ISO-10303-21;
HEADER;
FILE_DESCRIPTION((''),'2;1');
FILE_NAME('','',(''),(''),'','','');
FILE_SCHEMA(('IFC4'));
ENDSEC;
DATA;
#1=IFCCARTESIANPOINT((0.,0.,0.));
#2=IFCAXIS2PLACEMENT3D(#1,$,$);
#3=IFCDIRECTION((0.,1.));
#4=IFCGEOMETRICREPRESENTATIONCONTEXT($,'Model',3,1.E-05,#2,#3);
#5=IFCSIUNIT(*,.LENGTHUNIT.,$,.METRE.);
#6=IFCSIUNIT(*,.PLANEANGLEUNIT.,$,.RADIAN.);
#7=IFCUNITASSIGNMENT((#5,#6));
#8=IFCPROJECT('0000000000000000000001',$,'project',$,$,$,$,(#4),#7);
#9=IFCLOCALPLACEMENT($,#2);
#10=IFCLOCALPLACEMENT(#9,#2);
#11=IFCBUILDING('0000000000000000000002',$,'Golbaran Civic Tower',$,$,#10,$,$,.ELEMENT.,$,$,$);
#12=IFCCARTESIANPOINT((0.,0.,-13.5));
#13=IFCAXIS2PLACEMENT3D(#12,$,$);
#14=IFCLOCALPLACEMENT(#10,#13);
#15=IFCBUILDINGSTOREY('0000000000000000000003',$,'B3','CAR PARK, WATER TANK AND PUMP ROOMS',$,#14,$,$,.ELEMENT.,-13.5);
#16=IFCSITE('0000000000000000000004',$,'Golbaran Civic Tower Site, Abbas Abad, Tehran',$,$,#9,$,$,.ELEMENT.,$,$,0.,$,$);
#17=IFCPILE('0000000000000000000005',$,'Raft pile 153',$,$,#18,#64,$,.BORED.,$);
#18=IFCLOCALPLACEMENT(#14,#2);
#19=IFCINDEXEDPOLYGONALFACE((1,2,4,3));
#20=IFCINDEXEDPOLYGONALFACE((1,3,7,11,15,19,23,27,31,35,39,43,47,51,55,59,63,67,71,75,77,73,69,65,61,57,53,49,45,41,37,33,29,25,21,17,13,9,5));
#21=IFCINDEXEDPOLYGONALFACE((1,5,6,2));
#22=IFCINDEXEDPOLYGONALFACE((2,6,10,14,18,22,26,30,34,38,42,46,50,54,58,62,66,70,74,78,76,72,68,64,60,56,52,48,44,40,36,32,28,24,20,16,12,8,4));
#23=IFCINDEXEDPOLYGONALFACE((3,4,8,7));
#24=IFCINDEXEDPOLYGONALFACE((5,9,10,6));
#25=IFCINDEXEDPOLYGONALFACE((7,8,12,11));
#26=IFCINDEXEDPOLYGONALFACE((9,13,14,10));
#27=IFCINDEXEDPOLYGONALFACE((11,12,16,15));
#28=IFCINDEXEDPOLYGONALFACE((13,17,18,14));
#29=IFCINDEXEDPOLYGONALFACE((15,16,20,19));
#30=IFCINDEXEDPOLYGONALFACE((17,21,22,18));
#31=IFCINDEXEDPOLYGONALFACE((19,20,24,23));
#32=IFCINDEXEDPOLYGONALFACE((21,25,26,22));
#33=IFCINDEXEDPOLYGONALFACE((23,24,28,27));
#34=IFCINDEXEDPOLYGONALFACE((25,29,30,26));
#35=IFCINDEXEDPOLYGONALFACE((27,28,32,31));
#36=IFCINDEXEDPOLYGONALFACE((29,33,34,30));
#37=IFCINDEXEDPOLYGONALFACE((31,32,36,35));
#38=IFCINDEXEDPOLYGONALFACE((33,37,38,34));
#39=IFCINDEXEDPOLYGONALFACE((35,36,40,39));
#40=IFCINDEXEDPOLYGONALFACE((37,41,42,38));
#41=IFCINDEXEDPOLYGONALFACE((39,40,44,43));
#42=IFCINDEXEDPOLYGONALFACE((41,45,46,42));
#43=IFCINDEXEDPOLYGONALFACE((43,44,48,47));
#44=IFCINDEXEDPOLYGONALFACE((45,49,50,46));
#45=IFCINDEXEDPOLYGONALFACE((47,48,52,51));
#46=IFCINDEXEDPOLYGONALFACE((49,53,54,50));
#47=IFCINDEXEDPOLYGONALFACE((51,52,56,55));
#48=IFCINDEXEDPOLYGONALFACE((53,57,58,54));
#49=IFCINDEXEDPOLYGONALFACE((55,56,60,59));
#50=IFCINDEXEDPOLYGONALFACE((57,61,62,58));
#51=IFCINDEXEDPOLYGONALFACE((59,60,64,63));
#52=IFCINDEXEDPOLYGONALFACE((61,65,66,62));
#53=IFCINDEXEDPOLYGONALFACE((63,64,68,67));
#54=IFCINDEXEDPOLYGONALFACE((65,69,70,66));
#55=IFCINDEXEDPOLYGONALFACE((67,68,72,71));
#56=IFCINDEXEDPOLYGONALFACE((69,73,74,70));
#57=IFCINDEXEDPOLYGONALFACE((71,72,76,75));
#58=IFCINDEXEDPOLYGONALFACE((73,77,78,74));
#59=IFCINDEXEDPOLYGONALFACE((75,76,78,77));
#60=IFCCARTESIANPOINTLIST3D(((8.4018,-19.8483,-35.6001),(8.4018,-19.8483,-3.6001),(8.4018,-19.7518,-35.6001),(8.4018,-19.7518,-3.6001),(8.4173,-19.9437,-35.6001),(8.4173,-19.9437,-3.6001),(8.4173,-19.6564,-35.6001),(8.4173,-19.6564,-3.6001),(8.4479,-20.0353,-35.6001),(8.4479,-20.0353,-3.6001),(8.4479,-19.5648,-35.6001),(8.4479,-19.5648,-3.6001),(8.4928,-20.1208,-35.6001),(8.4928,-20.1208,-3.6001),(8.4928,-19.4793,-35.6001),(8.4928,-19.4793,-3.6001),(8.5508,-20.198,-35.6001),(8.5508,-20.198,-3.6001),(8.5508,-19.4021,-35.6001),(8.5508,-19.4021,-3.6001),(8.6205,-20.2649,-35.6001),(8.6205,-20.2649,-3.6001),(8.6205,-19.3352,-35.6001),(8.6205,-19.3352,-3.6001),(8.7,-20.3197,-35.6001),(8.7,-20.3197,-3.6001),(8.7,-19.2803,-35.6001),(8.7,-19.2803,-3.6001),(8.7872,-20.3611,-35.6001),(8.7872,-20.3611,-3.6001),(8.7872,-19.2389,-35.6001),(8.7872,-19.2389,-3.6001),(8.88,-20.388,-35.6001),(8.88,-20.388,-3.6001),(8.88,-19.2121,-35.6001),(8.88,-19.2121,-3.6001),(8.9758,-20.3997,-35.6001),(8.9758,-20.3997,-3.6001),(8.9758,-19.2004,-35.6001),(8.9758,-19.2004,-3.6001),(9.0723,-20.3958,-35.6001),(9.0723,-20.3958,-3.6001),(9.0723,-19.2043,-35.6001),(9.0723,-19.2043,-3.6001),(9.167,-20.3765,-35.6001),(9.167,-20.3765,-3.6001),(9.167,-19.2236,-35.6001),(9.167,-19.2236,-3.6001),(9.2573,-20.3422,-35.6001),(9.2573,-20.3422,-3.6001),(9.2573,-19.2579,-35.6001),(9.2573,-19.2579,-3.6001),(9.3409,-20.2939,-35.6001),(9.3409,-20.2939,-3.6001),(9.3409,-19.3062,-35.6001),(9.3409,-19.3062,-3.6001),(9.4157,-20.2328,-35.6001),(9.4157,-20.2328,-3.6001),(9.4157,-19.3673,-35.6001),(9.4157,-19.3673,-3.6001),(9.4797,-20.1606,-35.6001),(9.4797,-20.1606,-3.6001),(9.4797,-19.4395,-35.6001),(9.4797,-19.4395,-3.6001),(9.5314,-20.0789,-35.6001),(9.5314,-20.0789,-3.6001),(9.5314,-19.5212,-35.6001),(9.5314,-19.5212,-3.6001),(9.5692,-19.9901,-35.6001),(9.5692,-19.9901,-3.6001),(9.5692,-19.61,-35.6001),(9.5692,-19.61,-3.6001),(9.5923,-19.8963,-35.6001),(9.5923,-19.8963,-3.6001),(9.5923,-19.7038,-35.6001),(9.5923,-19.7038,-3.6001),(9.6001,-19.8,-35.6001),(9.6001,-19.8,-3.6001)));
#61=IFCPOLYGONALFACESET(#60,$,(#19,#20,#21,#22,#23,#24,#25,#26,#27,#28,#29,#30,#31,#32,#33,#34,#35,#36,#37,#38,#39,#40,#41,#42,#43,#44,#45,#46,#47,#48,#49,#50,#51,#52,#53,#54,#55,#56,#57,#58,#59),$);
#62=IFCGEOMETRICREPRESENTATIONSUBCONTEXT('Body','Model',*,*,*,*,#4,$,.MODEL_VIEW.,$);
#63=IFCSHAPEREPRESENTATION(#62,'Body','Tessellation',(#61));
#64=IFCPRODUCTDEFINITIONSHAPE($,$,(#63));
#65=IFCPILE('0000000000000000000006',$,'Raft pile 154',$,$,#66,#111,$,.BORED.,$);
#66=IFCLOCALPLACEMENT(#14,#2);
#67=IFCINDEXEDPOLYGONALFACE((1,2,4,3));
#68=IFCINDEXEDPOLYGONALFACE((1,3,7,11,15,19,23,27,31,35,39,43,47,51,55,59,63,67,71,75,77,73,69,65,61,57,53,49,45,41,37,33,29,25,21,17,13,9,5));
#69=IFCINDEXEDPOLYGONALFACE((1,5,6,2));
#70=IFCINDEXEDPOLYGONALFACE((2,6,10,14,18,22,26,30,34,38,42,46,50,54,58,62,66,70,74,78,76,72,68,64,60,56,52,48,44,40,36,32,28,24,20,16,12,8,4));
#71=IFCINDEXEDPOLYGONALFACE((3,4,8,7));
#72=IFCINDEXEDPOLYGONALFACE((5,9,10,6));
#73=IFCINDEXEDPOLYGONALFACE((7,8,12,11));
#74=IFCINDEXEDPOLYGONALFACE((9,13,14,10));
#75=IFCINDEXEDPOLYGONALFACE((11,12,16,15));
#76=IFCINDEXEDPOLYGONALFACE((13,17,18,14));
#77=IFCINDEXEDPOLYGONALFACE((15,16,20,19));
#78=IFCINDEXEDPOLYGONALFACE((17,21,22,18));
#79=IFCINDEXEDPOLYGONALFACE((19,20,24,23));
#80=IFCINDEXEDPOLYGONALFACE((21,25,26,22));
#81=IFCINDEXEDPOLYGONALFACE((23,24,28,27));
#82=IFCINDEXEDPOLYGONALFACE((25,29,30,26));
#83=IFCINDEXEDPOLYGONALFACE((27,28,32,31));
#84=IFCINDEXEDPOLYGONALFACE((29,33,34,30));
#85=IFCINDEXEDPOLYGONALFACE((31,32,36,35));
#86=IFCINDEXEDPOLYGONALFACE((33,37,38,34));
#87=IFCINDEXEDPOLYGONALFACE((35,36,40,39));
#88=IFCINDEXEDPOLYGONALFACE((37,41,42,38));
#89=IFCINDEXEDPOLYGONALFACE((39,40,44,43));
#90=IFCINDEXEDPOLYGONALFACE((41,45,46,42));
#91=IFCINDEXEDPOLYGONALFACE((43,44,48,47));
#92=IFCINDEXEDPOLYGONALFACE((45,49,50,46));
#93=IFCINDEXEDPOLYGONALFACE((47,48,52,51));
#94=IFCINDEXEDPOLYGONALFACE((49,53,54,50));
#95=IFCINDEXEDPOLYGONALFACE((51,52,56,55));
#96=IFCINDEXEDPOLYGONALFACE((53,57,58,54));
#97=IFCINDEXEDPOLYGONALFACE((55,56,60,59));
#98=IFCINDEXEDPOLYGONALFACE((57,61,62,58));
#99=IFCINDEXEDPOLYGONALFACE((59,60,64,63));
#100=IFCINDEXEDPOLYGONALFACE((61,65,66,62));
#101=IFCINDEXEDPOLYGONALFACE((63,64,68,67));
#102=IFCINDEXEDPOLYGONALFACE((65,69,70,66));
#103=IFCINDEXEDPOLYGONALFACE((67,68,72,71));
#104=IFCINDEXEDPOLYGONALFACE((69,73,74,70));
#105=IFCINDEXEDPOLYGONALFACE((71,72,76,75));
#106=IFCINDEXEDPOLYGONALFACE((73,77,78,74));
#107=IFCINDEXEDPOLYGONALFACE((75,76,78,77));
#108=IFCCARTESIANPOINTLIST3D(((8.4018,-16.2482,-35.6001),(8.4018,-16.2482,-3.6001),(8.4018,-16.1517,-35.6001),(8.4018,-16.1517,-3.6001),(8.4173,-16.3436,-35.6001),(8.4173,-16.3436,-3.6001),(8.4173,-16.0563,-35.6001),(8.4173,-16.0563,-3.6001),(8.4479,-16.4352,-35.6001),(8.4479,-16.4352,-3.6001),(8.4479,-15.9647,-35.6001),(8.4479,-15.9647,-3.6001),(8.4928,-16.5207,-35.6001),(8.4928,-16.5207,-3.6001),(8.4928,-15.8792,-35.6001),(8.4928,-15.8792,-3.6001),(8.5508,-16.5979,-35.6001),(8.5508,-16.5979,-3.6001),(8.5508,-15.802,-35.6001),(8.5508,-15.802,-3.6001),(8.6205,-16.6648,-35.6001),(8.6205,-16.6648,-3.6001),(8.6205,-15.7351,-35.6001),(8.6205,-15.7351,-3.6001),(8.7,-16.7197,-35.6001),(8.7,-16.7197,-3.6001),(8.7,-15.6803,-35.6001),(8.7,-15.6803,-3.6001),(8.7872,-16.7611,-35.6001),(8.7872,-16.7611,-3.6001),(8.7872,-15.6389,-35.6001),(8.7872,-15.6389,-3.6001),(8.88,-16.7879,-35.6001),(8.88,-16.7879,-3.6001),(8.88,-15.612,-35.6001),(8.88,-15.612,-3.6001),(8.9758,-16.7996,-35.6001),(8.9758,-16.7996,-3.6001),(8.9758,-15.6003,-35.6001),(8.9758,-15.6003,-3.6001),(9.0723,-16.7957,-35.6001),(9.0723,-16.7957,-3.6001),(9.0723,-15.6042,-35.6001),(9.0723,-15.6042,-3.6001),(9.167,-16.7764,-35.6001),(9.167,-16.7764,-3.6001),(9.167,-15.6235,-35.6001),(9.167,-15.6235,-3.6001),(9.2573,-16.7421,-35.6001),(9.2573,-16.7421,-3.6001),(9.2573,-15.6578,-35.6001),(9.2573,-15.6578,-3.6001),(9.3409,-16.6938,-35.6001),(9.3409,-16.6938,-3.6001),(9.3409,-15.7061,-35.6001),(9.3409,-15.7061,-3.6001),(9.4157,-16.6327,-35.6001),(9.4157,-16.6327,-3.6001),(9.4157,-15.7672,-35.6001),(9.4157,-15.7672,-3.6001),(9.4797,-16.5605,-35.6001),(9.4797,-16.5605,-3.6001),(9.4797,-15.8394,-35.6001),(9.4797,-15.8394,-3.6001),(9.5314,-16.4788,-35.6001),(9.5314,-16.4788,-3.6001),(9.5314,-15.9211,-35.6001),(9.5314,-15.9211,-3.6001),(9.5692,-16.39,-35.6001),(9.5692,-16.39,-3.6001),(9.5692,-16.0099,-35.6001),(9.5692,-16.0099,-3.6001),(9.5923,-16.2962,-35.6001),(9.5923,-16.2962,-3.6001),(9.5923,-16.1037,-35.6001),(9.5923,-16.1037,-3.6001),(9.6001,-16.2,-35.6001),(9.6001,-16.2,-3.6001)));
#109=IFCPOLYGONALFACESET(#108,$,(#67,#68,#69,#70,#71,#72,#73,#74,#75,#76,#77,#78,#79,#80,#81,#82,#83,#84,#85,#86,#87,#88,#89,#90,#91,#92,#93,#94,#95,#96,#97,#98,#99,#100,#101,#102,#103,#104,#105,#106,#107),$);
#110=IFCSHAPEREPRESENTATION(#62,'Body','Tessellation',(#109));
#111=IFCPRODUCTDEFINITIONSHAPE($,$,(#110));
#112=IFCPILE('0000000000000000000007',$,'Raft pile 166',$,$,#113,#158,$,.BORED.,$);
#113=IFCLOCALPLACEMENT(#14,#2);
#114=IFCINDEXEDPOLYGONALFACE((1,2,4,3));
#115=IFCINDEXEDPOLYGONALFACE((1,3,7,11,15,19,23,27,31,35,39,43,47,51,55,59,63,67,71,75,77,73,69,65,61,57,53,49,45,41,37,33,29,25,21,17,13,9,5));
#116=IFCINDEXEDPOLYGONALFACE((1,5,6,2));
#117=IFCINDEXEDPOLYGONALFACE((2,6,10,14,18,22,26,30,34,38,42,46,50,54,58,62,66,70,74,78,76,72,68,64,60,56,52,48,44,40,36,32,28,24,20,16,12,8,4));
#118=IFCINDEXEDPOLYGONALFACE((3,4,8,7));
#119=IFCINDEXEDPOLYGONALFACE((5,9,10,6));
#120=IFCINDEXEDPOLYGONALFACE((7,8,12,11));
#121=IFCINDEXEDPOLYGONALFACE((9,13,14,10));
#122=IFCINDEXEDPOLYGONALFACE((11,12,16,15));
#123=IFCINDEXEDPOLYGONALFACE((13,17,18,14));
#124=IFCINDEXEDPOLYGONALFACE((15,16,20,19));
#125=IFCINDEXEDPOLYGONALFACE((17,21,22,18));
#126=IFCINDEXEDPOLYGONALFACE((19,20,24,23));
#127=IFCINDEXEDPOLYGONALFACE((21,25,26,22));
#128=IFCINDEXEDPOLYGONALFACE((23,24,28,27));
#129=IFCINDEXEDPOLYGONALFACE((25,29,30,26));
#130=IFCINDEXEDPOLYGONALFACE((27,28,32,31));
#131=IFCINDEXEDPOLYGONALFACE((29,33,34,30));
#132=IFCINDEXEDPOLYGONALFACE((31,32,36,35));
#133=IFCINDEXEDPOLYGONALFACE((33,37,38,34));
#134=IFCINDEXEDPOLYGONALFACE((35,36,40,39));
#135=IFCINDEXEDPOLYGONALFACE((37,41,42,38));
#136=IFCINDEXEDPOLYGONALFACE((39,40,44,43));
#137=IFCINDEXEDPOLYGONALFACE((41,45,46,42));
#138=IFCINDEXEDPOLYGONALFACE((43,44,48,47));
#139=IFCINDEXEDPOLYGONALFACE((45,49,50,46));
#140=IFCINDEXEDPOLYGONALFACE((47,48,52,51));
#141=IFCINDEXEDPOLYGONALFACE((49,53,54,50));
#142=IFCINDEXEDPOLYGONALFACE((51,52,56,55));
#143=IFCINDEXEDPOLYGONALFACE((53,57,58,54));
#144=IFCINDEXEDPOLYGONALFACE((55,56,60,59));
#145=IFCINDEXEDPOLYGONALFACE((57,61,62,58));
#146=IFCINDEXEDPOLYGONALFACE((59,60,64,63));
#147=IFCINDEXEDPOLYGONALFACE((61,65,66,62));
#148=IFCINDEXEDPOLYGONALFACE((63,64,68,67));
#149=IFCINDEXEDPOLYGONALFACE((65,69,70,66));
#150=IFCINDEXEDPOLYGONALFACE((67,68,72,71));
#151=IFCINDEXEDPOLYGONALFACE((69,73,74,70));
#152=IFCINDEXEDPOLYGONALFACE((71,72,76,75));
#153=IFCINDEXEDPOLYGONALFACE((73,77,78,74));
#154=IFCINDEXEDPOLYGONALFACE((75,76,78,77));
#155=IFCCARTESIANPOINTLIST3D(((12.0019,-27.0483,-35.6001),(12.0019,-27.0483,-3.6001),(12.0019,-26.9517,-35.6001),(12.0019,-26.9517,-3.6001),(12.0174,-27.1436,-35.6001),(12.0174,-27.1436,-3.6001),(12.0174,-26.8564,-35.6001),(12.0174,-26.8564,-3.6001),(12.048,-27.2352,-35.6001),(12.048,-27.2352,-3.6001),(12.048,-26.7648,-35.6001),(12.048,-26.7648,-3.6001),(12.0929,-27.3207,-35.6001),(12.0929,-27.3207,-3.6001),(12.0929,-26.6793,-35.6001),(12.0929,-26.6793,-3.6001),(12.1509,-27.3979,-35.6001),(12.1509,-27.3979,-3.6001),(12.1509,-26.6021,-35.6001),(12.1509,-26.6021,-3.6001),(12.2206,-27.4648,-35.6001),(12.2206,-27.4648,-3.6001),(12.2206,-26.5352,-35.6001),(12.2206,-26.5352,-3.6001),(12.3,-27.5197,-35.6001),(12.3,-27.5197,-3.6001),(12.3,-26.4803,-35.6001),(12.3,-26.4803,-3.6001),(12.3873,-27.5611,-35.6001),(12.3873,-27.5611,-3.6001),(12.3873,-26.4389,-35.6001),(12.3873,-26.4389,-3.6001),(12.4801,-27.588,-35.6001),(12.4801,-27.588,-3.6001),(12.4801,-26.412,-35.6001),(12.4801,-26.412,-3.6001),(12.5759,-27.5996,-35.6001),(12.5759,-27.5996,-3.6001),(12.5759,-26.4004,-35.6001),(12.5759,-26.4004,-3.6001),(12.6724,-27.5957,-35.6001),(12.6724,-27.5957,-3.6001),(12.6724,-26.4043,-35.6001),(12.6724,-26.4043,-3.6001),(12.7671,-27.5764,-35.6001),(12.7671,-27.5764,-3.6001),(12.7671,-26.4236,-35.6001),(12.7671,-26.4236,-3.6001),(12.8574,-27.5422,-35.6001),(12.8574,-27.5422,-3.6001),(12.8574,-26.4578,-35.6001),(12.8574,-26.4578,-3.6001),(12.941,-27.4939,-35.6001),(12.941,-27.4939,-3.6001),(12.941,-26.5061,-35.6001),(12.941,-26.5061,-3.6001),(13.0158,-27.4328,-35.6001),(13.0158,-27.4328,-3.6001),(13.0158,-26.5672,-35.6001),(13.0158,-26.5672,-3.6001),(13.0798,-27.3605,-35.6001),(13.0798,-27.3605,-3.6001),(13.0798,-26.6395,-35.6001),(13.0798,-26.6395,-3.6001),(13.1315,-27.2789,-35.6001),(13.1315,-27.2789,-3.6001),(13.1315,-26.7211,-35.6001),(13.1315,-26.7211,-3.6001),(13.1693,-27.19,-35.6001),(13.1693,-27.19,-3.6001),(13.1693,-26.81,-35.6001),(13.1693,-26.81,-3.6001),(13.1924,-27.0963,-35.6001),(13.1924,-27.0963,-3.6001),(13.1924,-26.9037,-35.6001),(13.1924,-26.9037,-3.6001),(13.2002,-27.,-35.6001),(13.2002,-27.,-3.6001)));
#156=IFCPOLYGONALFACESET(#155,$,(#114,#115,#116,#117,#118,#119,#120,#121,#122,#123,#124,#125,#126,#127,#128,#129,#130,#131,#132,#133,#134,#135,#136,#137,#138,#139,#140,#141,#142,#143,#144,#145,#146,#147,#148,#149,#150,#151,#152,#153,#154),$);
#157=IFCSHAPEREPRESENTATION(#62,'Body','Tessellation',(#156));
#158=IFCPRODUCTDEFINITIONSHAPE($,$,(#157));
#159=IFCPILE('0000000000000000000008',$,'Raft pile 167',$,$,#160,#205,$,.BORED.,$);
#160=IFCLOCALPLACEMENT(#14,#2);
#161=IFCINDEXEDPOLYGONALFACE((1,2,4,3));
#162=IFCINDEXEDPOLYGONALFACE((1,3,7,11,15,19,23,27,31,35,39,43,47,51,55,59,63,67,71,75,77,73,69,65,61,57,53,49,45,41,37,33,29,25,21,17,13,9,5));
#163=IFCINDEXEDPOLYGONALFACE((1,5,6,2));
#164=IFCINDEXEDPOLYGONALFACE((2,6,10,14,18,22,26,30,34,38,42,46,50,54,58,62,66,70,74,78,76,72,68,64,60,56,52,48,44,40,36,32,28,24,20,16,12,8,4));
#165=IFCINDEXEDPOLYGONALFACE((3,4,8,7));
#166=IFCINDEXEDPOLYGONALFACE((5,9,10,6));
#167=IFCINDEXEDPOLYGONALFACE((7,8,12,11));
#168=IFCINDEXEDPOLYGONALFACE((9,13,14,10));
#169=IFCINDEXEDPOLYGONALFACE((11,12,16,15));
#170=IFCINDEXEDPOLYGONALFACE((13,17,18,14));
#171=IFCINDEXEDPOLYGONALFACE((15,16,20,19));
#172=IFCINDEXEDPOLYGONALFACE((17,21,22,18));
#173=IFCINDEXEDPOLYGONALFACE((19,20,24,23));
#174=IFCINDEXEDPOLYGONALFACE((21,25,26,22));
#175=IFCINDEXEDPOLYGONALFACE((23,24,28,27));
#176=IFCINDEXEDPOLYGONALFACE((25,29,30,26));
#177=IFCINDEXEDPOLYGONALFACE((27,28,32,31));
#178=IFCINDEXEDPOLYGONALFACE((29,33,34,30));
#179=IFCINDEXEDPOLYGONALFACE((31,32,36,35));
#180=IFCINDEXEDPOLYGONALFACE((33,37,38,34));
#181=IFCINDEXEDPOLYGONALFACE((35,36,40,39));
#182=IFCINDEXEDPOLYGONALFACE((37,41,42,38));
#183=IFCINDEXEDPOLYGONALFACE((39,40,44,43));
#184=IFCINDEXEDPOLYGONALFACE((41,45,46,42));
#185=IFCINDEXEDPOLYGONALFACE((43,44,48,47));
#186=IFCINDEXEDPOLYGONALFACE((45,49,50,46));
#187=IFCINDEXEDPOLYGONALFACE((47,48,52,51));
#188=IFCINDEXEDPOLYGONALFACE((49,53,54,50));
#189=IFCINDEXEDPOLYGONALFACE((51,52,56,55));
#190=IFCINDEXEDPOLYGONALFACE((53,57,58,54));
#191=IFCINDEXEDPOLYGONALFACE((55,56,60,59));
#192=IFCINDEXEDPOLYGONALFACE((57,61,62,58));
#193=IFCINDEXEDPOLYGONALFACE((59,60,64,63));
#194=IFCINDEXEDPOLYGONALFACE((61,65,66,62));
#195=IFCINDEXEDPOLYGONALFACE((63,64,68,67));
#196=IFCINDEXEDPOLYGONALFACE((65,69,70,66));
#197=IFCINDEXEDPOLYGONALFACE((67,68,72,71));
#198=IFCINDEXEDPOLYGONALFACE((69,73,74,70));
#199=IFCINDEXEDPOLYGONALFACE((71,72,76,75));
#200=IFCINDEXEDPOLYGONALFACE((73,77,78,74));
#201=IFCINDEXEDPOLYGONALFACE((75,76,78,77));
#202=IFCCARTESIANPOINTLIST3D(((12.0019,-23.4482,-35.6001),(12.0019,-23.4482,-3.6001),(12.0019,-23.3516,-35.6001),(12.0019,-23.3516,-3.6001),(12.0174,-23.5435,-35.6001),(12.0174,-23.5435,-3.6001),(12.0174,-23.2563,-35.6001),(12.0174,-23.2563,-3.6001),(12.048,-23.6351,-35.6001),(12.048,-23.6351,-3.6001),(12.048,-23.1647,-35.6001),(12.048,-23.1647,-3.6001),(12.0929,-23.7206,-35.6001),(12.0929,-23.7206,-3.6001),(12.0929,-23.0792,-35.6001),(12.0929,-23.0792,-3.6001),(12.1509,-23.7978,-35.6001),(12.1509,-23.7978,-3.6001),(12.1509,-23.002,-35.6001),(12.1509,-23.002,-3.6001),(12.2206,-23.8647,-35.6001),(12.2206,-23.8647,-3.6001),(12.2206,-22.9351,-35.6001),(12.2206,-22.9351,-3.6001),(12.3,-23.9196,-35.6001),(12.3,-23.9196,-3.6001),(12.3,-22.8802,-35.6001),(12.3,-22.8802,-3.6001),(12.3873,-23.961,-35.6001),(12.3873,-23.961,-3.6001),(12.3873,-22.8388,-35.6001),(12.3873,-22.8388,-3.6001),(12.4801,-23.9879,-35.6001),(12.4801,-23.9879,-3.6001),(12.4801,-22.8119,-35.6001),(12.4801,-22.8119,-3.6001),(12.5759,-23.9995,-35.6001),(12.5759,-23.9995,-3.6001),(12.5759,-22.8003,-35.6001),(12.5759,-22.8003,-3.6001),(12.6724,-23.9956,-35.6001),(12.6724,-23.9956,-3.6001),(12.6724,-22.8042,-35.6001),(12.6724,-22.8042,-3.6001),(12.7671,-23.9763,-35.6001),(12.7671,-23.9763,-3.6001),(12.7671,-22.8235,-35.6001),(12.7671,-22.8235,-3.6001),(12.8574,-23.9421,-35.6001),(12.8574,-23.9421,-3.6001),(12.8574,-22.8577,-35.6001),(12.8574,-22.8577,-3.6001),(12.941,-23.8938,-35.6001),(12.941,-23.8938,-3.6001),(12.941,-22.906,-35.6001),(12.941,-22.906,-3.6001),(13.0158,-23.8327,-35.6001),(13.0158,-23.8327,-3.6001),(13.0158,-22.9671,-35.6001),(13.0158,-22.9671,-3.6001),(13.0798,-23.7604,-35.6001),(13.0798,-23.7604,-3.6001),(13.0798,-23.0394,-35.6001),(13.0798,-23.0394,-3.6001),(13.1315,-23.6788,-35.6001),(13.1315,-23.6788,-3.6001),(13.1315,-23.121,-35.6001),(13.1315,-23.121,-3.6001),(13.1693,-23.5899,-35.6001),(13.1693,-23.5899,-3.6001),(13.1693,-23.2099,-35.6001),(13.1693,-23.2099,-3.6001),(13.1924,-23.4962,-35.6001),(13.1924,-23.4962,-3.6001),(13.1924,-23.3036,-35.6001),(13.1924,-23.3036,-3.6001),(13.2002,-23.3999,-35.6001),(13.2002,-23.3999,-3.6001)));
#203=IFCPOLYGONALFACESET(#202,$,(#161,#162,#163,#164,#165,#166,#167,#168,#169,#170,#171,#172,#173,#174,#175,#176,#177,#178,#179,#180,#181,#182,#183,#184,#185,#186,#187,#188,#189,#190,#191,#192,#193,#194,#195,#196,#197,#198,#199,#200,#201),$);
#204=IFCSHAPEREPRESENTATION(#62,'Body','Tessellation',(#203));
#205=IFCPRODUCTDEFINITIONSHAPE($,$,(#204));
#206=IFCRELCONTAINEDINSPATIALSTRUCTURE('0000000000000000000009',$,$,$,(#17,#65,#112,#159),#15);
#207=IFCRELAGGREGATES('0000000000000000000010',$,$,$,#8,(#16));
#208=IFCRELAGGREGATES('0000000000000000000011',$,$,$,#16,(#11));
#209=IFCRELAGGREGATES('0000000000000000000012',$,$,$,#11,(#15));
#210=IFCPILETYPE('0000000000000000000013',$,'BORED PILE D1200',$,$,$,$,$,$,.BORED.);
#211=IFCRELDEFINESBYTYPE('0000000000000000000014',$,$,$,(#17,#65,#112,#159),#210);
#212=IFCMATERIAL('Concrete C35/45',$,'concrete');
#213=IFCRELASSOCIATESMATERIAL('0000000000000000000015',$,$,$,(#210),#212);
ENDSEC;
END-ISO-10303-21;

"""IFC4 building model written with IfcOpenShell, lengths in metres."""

from ifc_helpers import new_model, si_unit, direction, frame, origin, origin_2d, place, context, subcontext, project, spatial, circle, extrude, material, material_profile, profile_set, type_object, element, save


model = new_model("IFC4")

# Units and contexts
model_context = context("Model", 3, precision=1e-05, world=origin(), true_north=direction((0.0, 1.0)))
body_context = subcontext(model_context, "Body", "Model", "MODEL_VIEW")
ifc_project = project(units=[si_unit("LENGTHUNIT", "METRE"), si_unit("PLANEANGLEUNIT", "RADIAN")], contexts=[model_context])

# Site, building, storey
site_placement = place(None, origin())
site = spatial("IfcSite", under=ifc_project, at=site_placement, Name="Golbaran Civic Tower Site, Abbas Abad, Tehran", CompositionType="ELEMENT", RefElevation=0.0)
building_placement = place(site_placement, origin())
building = spatial("IfcBuilding", under=site, at=building_placement, Name="Golbaran Civic Tower", CompositionType="ELEMENT")
storey_placement = place(building_placement, frame((0.0, 0.0, -13.5)))
storey = spatial("IfcBuildingStorey", under=building, at=storey_placement, Name="B3", Description="CAR PARK, WATER TANK AND PUMP ROOMS", CompositionType="ELEMENT", Elevation=-13.5)

# Piles
ifc_material_1 = material(Name="Concrete C35/45", Category="concrete")
ifc_material_profile_1 = material_profile(ifc_material_1, circle(Radius=0.6001, at=origin_2d()), Name="BORED PILE D1200")
ifc_profile_set_1 = profile_set([ifc_material_profile_1], Name="Concrete C35/45")
pile_type_1 = type_object("IfcPileType", Name="BORED PILE D1200", PredefinedType="BORED", material=ifc_profile_set_1)
for number, where, z_axis, x_axis, name in (
    (1, (9.0, -19.8, -3.6001), (0.0, 0.0, -1.0), (1.0, 0.0, 0.0), "Raft pile 153"),
    (2, (9.0, -16.2, -3.6001), (0.0, 0.0, -1.0), (1.0, 0.0, 0.0), "Raft pile 154"),
    (3, (12.6001, -27.0, -3.6001), (0.0, 0.0, -1.0), (1.0, 0.0, 0.0), "Raft pile 166"),
    (4, (12.6001, -23.3999, -3.6001), (0.0, 0.0, -1.0), (1.0, 0.0, 0.0), "Raft pile 167"),
):
    element("IfcPile", number, at=place(storey_placement, frame(where, z_axis=z_axis, x_axis=x_axis)), inside=storey, type_object=pile_type_1, Name=name, PredefinedType="BORED", context=body_context, shape_type="SweptSolid", body=[
        extrude(circle(Radius=0.6001, at=origin_2d()), origin(), (0.0, 0.0, 1.0), 32.0),
    ])

save(model, "model.ifc")
